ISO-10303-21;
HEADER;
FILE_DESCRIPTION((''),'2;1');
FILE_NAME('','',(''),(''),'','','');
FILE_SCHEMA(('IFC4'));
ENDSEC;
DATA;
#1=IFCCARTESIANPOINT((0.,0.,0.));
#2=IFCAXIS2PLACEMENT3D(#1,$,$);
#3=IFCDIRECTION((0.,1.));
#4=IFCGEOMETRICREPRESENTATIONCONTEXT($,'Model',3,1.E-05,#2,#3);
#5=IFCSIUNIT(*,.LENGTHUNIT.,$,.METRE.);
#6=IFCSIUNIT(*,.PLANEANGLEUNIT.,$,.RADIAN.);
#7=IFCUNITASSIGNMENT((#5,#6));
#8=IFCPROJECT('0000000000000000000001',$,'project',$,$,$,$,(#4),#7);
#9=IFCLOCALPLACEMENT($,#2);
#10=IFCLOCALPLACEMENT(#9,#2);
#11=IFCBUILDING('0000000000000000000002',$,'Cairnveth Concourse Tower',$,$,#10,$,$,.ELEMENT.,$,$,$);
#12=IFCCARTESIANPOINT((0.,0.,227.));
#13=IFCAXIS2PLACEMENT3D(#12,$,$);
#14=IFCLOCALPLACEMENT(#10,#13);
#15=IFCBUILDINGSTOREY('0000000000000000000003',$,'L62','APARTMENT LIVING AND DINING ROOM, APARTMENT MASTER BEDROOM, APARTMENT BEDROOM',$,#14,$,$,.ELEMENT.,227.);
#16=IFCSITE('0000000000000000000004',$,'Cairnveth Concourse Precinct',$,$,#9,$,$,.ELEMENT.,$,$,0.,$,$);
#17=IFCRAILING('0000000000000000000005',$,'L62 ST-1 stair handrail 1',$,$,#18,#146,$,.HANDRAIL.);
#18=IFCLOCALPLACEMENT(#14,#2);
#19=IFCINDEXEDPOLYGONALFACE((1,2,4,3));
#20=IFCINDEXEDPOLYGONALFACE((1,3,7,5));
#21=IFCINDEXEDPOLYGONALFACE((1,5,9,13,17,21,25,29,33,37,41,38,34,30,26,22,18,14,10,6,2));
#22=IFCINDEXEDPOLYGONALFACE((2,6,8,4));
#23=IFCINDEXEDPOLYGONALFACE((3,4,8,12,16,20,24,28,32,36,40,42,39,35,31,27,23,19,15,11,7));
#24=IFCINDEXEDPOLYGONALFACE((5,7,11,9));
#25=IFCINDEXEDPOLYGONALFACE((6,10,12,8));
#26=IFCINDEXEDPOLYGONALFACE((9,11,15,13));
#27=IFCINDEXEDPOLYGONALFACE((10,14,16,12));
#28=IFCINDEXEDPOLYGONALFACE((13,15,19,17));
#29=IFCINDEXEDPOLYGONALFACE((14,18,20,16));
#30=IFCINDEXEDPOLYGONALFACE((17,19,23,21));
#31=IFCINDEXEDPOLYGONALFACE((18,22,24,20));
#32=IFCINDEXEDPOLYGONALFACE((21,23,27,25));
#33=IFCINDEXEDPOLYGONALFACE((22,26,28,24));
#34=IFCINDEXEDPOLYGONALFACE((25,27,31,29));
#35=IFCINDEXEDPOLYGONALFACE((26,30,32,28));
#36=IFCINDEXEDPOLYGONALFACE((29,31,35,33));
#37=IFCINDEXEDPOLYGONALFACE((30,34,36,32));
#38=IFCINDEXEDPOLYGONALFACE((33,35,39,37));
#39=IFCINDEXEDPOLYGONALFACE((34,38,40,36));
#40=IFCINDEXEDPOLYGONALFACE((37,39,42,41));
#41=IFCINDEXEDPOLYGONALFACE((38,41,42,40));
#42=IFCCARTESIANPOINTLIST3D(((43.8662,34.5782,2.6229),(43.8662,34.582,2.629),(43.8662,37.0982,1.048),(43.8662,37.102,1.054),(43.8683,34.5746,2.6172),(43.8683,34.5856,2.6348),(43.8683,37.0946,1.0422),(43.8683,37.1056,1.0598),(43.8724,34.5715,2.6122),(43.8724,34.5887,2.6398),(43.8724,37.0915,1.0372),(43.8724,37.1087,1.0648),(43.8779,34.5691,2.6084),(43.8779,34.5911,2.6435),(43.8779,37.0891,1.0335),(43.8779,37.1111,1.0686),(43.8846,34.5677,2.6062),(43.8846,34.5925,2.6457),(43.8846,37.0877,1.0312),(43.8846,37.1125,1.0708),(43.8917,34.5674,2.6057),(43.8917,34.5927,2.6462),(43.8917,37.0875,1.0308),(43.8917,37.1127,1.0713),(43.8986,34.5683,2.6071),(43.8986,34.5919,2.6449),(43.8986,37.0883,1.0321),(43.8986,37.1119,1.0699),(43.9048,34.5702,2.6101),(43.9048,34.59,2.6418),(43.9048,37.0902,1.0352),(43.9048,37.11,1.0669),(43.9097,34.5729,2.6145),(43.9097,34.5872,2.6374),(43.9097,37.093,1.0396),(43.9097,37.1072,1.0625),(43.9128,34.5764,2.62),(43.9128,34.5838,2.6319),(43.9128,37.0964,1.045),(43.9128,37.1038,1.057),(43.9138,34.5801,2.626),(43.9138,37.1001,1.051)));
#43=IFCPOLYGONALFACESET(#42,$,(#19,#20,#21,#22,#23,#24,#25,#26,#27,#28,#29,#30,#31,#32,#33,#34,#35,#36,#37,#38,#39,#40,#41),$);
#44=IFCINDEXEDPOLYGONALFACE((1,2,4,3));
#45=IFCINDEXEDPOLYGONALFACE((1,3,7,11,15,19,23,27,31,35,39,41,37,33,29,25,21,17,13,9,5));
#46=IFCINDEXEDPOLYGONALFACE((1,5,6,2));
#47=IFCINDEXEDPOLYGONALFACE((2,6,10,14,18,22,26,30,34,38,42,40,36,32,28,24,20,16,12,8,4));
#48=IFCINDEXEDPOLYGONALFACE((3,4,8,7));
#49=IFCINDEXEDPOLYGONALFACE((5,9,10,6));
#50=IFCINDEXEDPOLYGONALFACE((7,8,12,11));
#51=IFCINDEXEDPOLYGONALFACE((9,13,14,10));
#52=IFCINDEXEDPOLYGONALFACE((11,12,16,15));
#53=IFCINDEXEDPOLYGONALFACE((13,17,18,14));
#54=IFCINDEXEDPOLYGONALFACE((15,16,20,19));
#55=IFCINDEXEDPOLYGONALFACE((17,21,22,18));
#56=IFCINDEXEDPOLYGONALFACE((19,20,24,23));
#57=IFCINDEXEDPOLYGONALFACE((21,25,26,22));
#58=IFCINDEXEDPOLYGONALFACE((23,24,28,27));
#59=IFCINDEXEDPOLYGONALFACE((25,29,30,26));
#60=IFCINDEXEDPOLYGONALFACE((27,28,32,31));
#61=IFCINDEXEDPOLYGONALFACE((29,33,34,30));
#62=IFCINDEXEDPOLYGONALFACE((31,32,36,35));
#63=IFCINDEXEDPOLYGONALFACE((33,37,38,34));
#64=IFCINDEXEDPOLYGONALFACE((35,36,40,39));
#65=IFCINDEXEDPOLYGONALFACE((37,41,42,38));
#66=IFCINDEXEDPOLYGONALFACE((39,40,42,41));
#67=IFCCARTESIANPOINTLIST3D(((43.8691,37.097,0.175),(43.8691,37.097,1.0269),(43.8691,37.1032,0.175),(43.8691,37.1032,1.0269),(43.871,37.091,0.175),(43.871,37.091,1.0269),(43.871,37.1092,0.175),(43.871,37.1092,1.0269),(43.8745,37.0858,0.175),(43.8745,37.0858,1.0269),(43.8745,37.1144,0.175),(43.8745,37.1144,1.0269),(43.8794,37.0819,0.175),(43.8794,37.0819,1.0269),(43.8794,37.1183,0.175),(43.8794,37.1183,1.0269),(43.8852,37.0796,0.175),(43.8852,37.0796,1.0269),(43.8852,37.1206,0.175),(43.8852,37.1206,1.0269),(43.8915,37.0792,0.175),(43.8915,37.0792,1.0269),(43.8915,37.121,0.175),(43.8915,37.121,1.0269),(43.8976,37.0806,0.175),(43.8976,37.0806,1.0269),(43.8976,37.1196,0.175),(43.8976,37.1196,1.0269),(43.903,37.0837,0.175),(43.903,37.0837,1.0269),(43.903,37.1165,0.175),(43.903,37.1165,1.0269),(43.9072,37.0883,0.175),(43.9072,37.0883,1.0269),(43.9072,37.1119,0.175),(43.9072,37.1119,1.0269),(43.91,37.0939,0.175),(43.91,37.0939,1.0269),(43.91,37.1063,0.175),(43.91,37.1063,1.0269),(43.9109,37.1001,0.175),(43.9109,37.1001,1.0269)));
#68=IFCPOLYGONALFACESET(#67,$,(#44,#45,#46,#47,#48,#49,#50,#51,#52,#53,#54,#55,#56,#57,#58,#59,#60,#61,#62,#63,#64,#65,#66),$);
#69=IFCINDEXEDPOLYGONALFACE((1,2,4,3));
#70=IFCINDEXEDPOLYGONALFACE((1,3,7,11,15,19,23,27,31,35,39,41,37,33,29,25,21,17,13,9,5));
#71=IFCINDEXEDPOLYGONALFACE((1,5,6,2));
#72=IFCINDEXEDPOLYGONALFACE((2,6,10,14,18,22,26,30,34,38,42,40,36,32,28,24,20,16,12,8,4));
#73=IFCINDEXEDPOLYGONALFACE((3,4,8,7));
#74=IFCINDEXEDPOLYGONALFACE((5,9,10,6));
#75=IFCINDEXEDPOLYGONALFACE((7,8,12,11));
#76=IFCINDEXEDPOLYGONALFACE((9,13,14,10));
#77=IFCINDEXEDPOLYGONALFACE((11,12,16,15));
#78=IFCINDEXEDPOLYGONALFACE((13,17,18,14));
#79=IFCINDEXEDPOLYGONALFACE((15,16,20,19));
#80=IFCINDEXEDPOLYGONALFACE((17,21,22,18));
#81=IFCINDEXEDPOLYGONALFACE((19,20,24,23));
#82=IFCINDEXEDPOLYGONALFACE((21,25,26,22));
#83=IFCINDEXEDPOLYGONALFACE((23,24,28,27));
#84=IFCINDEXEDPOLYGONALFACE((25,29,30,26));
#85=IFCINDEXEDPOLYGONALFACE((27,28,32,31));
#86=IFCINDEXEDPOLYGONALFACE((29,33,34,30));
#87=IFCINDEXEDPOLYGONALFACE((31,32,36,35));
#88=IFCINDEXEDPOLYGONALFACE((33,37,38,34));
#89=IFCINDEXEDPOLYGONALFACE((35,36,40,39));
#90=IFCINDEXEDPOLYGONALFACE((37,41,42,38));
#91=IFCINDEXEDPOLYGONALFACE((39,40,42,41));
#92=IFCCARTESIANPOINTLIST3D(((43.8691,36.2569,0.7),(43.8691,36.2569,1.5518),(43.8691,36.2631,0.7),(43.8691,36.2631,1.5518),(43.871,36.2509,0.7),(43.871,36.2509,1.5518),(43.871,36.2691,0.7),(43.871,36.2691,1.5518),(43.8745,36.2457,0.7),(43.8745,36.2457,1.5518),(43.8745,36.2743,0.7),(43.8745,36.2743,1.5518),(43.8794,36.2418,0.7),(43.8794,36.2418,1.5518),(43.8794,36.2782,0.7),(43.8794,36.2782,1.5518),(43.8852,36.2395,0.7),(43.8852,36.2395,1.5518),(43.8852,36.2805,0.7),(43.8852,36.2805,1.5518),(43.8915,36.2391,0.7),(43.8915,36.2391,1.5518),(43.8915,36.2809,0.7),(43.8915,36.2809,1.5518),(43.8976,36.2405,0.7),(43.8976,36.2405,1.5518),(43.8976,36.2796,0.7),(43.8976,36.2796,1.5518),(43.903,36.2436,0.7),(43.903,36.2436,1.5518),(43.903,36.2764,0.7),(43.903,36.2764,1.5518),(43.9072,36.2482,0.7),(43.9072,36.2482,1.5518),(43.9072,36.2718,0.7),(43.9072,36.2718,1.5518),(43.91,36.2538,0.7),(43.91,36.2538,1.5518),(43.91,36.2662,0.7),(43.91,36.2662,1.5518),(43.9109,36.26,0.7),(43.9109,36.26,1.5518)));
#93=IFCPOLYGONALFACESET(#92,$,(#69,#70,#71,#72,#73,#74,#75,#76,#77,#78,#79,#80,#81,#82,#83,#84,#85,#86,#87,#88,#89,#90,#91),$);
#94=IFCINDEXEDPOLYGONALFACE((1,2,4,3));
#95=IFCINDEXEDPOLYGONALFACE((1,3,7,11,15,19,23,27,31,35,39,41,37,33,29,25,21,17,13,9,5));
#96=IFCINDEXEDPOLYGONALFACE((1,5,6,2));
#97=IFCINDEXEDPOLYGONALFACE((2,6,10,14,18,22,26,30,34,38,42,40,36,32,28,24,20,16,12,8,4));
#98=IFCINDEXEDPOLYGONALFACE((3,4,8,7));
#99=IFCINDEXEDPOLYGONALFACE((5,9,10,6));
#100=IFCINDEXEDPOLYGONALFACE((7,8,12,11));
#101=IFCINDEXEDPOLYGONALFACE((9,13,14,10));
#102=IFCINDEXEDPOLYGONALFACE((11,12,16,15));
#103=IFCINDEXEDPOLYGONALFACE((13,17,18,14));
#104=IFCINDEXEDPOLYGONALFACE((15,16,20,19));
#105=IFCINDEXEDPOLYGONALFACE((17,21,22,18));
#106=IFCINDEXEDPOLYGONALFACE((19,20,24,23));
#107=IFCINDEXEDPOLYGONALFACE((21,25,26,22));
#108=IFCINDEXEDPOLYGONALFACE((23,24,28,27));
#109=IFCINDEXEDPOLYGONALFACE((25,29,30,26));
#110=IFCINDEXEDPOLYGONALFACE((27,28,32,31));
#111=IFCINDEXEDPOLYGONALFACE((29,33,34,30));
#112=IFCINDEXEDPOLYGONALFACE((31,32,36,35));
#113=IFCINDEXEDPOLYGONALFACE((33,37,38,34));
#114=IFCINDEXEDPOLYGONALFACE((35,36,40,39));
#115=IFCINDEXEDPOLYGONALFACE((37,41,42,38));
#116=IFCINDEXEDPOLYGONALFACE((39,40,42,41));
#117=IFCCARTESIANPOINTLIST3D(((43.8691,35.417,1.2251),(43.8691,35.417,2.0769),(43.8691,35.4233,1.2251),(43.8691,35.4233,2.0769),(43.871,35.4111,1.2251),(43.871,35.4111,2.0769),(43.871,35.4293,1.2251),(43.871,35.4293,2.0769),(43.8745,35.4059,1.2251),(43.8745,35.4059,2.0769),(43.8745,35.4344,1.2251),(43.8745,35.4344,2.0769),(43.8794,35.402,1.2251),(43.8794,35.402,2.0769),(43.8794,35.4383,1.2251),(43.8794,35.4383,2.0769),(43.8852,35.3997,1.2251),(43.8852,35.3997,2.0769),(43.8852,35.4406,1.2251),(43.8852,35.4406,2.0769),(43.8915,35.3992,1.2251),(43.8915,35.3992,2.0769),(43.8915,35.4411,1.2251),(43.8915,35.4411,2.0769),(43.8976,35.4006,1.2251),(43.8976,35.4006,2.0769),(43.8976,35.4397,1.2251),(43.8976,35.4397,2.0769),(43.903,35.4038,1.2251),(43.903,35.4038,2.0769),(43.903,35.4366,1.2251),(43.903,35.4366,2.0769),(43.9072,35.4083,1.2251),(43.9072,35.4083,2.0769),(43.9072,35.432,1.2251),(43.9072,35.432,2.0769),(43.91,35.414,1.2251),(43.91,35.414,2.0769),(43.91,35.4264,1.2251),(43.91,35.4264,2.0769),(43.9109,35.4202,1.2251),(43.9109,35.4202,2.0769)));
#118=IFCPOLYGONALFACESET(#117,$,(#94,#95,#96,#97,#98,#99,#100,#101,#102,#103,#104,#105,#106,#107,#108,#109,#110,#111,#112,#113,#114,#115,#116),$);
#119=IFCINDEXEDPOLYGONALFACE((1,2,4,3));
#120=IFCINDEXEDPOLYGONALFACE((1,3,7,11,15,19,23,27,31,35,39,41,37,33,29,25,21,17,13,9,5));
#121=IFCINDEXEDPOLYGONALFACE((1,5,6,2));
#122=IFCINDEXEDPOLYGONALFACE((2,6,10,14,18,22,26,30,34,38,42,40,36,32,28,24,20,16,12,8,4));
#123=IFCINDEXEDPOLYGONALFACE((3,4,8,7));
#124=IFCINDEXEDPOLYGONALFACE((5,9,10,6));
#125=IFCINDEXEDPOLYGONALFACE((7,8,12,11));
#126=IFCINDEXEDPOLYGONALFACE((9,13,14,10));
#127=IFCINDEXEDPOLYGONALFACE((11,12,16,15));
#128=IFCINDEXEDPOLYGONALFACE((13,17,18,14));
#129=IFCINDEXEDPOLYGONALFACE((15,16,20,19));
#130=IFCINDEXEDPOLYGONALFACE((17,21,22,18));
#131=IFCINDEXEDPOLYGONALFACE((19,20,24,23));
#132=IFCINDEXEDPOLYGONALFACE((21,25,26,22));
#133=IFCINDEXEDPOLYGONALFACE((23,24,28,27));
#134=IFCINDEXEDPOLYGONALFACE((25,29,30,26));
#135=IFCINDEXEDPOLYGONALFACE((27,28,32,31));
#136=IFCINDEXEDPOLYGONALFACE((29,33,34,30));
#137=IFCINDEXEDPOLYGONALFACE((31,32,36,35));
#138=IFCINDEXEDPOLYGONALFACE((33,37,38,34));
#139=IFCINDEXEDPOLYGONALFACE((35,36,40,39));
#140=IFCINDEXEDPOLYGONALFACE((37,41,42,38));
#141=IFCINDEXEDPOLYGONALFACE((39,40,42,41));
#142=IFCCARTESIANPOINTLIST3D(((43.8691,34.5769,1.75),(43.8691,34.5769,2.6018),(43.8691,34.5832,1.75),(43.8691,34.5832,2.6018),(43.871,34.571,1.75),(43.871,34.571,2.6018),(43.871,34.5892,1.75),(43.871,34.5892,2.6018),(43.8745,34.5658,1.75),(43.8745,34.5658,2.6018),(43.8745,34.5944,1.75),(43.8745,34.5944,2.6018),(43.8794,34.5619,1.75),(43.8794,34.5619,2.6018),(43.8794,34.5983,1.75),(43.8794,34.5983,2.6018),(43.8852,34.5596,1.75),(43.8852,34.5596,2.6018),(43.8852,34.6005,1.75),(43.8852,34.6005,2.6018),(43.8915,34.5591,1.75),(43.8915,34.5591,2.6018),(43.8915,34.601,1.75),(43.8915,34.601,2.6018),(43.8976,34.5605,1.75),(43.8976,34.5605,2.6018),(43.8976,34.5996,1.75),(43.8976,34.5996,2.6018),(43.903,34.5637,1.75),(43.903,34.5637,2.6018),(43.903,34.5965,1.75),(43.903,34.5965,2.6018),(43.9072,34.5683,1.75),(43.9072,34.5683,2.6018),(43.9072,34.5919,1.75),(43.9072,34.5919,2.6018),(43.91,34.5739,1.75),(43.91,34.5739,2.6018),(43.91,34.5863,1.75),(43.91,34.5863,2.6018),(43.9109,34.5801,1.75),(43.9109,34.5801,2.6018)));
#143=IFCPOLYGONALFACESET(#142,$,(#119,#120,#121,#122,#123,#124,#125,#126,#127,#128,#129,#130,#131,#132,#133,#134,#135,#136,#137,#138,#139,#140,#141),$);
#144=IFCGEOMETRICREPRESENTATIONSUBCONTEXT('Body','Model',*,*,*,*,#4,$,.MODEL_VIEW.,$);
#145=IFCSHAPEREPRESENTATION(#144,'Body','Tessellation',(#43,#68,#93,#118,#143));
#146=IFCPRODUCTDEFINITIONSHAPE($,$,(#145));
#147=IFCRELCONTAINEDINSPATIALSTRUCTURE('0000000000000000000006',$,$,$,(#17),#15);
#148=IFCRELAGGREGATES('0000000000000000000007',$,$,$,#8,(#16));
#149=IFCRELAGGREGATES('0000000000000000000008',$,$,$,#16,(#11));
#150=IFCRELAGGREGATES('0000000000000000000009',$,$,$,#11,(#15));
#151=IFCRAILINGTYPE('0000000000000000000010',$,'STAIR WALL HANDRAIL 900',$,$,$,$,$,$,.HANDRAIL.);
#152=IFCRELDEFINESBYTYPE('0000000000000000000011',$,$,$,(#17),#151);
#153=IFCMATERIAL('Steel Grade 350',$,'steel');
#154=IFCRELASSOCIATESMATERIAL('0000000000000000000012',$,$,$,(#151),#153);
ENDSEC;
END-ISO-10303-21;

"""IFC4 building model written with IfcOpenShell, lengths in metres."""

from ifc_helpers import new_model, si_unit, direction, frame, origin, origin_2d, place, context, subcontext, project, spatial, circle, extrude, material, type_object, element, save


model = new_model("IFC4")

# Units and contexts
model_context = context("Model", 3, precision=1e-05, world=origin(), true_north=direction((0.0, 1.0)))
body_context = subcontext(model_context, "Body", "Model", "MODEL_VIEW")
ifc_project = project(units=[si_unit("LENGTHUNIT", "METRE"), si_unit("PLANEANGLEUNIT", "RADIAN")], contexts=[model_context])

# Site, building, storey
site_placement = place(None, origin())
site = spatial("IfcSite", under=ifc_project, at=site_placement, Name="Cairnveth Concourse Precinct", CompositionType="ELEMENT", RefElevation=0.0)
building_placement = place(site_placement, origin())
building = spatial("IfcBuilding", under=site, at=building_placement, Name="Cairnveth Concourse Tower", CompositionType="ELEMENT")
storey_placement = place(building_placement, frame((0.0, 0.0, 227.0)))
storey = spatial("IfcBuildingStorey", under=building, at=storey_placement, Name="L62", Description="APARTMENT LIVING AND DINING ROOM, APARTMENT MASTER BEDROOM, APARTMENT BEDROOM", CompositionType="ELEMENT", Elevation=227.0)

# Shared definitions
ifc_material_1 = material(Name="Steel Grade 350", Category="steel")

# Railing
railing_type_1 = type_object("IfcRailingType", Name="STAIR WALL HANDRAIL 900", PredefinedType="HANDRAIL", material=ifc_material_1)
railing_1_placement = place(storey_placement, frame((43.8899, 37.1001, 0.175)))
element("IfcRailing", 1, at=railing_1_placement, inside=storey, type_object=railing_type_1, Name="L62 ST-1 stair handrail 1", PredefinedType="HANDRAIL", context=body_context, shape_type="SweptSolid", body=[
    extrude(circle(Radius=0.0239, at=origin_2d()), frame((0.0, 0.0, 0.876), z_axis=(0.0, -0.848008, 0.529984), x_axis=(1.0, 0.0, 0.0)), (0.0, 0.0, 1.0), 2.9717),
    extrude(circle(Radius=0.021, at=origin_2d()), origin(), (0.0, 0.0, 1.0), 0.8518),
    extrude(circle(Radius=0.021, at=origin_2d()), frame((0.0, -0.8401, 0.5249)), (0.0, 0.0, 1.0), 0.8518),
    extrude(circle(Radius=0.021, at=origin_2d()), frame((0.0, -1.6799, 1.05)), (0.0, 0.0, 1.0), 0.8518),
    extrude(circle(Radius=0.021, at=origin_2d()), frame((0.0, -2.52, 1.575)), (0.0, 0.0, 1.0), 0.8518),
])

save(model, "model.ifc")
